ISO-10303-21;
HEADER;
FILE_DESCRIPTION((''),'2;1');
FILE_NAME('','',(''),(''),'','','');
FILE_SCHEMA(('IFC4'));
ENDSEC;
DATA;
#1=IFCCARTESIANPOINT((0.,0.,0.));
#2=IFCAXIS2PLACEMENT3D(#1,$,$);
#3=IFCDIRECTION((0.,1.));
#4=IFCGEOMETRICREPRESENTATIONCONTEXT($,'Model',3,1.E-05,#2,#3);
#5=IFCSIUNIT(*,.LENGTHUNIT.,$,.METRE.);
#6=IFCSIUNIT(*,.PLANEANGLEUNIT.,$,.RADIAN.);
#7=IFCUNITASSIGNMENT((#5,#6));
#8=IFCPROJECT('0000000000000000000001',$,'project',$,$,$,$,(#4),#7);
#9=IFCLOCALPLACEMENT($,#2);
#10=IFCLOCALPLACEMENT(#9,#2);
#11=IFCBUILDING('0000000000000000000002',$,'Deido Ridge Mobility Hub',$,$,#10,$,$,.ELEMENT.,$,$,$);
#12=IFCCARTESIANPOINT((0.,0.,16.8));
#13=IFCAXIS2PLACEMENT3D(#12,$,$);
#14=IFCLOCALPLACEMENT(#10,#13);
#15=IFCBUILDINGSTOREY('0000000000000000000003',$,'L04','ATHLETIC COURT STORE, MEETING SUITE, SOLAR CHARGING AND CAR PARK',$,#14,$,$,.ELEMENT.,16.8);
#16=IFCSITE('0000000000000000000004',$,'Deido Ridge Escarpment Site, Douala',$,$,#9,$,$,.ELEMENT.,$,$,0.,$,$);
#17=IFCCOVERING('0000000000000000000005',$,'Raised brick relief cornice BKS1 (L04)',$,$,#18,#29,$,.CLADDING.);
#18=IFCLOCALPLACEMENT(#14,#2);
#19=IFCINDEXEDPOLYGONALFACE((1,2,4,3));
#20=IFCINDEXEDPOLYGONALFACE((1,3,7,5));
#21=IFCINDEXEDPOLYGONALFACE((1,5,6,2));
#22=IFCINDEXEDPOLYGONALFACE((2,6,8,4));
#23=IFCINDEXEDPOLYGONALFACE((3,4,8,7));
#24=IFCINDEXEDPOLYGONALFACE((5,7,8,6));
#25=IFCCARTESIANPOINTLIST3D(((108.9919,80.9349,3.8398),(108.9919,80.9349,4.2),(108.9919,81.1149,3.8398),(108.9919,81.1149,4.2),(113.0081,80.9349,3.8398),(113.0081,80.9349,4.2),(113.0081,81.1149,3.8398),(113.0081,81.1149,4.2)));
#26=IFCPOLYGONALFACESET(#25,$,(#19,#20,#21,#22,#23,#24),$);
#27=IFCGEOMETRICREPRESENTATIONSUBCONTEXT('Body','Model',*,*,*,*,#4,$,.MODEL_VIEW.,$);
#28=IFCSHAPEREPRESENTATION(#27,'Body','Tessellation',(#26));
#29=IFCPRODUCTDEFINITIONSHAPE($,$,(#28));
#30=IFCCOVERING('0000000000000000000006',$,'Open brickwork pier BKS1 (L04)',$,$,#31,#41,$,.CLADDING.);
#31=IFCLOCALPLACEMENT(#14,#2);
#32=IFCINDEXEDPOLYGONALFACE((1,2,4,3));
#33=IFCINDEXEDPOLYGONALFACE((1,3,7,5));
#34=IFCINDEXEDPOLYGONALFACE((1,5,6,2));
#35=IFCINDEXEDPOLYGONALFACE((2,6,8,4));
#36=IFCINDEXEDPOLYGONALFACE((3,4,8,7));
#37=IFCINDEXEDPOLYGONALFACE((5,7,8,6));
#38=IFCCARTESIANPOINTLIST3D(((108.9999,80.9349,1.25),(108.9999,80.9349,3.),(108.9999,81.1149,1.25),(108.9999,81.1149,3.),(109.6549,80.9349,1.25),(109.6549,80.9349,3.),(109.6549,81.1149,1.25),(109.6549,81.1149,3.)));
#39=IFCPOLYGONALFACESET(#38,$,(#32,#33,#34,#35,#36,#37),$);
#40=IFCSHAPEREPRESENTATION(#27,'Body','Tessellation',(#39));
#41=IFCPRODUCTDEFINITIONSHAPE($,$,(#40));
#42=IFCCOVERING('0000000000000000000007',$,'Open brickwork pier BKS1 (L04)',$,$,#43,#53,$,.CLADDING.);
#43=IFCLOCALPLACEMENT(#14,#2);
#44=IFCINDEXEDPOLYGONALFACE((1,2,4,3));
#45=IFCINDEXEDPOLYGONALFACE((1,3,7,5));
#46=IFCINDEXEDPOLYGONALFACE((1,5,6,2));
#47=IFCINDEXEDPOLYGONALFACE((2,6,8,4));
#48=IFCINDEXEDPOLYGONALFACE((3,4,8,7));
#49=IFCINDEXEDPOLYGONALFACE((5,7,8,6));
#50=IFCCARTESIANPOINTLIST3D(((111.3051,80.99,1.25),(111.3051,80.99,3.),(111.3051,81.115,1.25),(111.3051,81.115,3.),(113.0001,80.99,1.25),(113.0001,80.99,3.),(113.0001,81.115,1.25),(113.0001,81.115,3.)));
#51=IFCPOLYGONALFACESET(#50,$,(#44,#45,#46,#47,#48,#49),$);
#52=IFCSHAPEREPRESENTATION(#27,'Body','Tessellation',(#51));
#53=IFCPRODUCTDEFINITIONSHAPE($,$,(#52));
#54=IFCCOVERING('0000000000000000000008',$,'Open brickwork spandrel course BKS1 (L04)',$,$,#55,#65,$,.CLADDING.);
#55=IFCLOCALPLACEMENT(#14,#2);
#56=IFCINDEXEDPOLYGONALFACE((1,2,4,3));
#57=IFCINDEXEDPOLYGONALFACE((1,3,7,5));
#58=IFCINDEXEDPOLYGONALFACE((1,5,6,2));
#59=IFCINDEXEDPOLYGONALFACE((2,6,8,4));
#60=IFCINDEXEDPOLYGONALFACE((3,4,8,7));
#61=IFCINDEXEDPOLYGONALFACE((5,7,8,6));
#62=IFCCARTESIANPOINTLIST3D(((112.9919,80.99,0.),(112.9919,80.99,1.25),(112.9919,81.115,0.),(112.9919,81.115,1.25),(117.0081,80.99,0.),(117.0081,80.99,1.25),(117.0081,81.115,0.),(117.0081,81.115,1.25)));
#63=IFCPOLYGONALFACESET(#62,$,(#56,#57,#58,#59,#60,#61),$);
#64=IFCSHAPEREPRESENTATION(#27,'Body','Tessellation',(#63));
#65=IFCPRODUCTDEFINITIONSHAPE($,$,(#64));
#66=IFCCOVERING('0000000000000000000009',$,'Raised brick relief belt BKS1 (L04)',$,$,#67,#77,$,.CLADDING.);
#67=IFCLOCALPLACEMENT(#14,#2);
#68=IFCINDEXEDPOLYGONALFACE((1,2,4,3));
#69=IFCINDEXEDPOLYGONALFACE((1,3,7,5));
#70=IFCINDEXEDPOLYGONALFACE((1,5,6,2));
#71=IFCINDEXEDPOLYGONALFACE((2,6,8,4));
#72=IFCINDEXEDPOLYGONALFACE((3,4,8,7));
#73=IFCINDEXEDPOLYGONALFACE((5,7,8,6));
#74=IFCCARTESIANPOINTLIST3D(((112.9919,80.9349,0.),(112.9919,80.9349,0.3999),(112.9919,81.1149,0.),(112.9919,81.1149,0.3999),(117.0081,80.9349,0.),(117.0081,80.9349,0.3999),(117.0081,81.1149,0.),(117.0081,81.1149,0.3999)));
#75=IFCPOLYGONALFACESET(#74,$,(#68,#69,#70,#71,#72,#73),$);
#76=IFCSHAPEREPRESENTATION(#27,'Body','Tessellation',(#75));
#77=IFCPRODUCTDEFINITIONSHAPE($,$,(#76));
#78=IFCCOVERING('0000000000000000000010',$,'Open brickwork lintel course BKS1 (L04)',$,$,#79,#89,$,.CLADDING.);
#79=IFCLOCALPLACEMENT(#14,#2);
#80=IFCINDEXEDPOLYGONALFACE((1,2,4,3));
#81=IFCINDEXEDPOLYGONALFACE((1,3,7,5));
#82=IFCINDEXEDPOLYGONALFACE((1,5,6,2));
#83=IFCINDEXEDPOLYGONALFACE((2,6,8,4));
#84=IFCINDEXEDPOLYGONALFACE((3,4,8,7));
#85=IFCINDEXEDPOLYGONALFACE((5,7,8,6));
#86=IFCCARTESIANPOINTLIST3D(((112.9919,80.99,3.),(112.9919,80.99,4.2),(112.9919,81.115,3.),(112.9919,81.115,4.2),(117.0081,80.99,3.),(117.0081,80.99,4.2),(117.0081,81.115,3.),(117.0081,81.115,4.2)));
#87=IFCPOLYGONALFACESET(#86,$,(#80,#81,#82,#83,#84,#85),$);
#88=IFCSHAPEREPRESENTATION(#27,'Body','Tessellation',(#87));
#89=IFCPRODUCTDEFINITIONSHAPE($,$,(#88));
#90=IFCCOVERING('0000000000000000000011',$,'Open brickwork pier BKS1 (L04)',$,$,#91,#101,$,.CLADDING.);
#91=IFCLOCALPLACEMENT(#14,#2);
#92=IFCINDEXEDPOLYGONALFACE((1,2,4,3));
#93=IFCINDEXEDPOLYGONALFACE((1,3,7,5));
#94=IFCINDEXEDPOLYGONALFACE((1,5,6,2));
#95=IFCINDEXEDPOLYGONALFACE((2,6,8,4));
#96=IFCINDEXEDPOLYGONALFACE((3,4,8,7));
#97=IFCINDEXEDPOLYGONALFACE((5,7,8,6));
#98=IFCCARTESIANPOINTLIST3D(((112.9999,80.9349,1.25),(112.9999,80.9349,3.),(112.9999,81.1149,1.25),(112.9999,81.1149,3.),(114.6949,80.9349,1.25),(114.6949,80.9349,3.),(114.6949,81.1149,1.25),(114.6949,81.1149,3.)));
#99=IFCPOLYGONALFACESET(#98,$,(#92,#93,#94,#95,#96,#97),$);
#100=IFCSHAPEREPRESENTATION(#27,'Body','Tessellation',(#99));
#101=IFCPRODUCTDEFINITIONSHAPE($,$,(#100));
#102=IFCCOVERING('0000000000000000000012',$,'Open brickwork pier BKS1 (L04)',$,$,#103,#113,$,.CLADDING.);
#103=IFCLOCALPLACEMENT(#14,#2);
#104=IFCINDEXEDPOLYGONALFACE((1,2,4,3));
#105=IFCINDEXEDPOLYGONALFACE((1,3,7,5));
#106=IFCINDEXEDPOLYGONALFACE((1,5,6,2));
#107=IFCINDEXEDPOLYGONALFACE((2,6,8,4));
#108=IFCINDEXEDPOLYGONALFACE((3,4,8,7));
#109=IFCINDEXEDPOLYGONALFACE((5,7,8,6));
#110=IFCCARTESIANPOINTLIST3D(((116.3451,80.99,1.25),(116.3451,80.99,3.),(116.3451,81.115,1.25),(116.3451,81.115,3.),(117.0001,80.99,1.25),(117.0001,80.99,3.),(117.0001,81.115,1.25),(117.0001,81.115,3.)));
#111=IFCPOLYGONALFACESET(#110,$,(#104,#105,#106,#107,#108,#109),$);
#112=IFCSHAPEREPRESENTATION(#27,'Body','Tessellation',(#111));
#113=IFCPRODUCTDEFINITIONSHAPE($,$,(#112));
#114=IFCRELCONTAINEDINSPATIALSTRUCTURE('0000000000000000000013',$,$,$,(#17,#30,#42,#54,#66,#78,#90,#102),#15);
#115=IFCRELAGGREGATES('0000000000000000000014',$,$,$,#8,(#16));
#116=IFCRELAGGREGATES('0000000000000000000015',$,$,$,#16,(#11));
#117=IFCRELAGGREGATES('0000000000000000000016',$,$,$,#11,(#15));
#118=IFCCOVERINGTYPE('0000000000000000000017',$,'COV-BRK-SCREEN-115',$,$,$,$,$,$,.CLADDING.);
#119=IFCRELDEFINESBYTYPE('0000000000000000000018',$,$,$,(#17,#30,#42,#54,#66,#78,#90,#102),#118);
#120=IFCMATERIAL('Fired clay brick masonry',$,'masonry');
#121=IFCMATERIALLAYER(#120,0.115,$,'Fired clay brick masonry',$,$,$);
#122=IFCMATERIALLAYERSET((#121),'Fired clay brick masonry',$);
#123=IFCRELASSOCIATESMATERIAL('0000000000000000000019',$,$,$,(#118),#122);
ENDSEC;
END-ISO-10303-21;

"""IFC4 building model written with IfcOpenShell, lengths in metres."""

from ifc_helpers import new_model, si_unit, direction, frame, origin, origin_2d, place, context, subcontext, project, spatial, rectangle, extrude, material, layer, layer_set, type_object, element, save


model = new_model("IFC4")

# Units and contexts
model_context = context("Model", 3, precision=1e-05, world=origin(), true_north=direction((0.0, 1.0)))
body_context = subcontext(model_context, "Body", "Model", "MODEL_VIEW")
ifc_project = project(units=[si_unit("LENGTHUNIT", "METRE"), si_unit("PLANEANGLEUNIT", "RADIAN")], contexts=[model_context])

# Site, building, storey
site_placement = place(None, origin())
site = spatial("IfcSite", under=ifc_project, at=site_placement, Name="Deido Ridge Escarpment Site, Douala", CompositionType="ELEMENT", RefElevation=0.0)
building_placement = place(site_placement, origin())
building = spatial("IfcBuilding", under=site, at=building_placement, Name="Deido Ridge Mobility Hub", CompositionType="ELEMENT")
storey_placement = place(building_placement, frame((0.0, 0.0, 16.8)))
storey = spatial("IfcBuildingStorey", under=building, at=storey_placement, Name="L04", Description="ATHLETIC COURT STORE, MEETING SUITE, SOLAR CHARGING AND CAR PARK", CompositionType="ELEMENT", Elevation=16.8)

# Coverings
ifc_material_1 = material(Name="Fired clay brick masonry", Category="masonry")
ifc_layer_1 = layer(ifc_material_1, 0.115, Name="Fired clay brick masonry")
ifc_layer_set_1 = layer_set([ifc_layer_1], Name="Fired clay brick masonry")
covering_type = type_object("IfcCoveringType", Name="COV-BRK-SCREEN-115", PredefinedType="CLADDING", material=ifc_layer_set_1)
covering_1_placement = place(storey_placement, frame((111.0, 81.0249, 3.8398), z_axis=(0.0, 0.0, 1.0), x_axis=(1.0, 0.0, 0.0)))
element("IfcCovering", 1, at=covering_1_placement, inside=storey, type_object=covering_type, Name="Raised brick relief cornice BKS1 (L04)", PredefinedType="CLADDING", context=body_context, shape_type="SweptSolid", body=[
    extrude(rectangle(XDim=4.0161, YDim=0.1799, at=origin_2d()), origin(), (0.0, 0.0, 1.0), 0.3601),
])
covering_2_placement = place(storey_placement, frame((109.3274, 81.0249, 1.25), z_axis=(0.0, 0.0, 1.0), x_axis=(1.0, 0.0, 0.0)))
element("IfcCovering", 2, at=covering_2_placement, inside=storey, type_object=covering_type, Name="Open brickwork pier BKS1 (L04)", PredefinedType="CLADDING", context=body_context, shape_type="SweptSolid", body=[
    extrude(rectangle(XDim=0.655, YDim=0.1799, at=origin_2d()), origin(), (0.0, 0.0, 1.0), 1.75),
])
covering_3_placement = place(storey_placement, frame((112.1526, 81.0525, 1.25), z_axis=(0.0, 0.0, 1.0), x_axis=(1.0, 0.0, 0.0)))
element("IfcCovering", 3, at=covering_3_placement, inside=storey, type_object=covering_type, Name="Open brickwork pier BKS1 (L04)", PredefinedType="CLADDING", context=body_context, shape_type="SweptSolid", body=[
    extrude(rectangle(XDim=1.6951, YDim=0.125, at=origin_2d()), origin(), (0.0, 0.0, 1.0), 1.75),
])
covering_4_placement = place(storey_placement, frame((115.0, 81.0525, 0.0), z_axis=(0.0, 0.0, 1.0), x_axis=(1.0, 0.0, 0.0)))
element("IfcCovering", 4, at=covering_4_placement, inside=storey, type_object=covering_type, Name="Open brickwork spandrel course BKS1 (L04)", PredefinedType="CLADDING", context=body_context, shape_type="SweptSolid", body=[
    extrude(rectangle(XDim=4.0161, YDim=0.125, at=origin_2d()), origin(), (0.0, 0.0, 1.0), 1.25),
])
covering_5_placement = place(storey_placement, frame((115.0, 81.0249, 0.0), z_axis=(0.0, 0.0, 1.0), x_axis=(1.0, 0.0, 0.0)))
element("IfcCovering", 5, at=covering_5_placement, inside=storey, type_object=covering_type, Name="Raised brick relief belt BKS1 (L04)", PredefinedType="CLADDING", context=body_context, shape_type="SweptSolid", body=[
    extrude(rectangle(XDim=4.0161, YDim=0.1799, at=origin_2d()), origin(), (0.0, 0.0, 1.0), 0.3999),
])
covering_6_placement = place(storey_placement, frame((115.0, 81.0525, 3.0), z_axis=(0.0, 0.0, 1.0), x_axis=(1.0, 0.0, 0.0)))
element("IfcCovering", 6, at=covering_6_placement, inside=storey, type_object=covering_type, Name="Open brickwork lintel course BKS1 (L04)", PredefinedType="CLADDING", context=body_context, shape_type="SweptSolid", body=[
    extrude(rectangle(XDim=4.0161, YDim=0.125, at=origin_2d()), origin(), (0.0, 0.0, 1.0), 1.2),
])
covering_7_placement = place(storey_placement, frame((113.8474, 81.0249, 1.25), z_axis=(0.0, 0.0, 1.0), x_axis=(1.0, 0.0, 0.0)))
element("IfcCovering", 7, at=covering_7_placement, inside=storey, type_object=covering_type, Name="Open brickwork pier BKS1 (L04)", PredefinedType="CLADDING", context=body_context, shape_type="SweptSolid", body=[
    extrude(rectangle(XDim=1.6951, YDim=0.1799, at=origin_2d()), origin(), (0.0, 0.0, 1.0), 1.75),
])
covering_8_placement = place(storey_placement, frame((116.6726, 81.0525, 1.25), z_axis=(0.0, 0.0, 1.0), x_axis=(1.0, 0.0, 0.0)))
element("IfcCovering", 8, at=covering_8_placement, inside=storey, type_object=covering_type, Name="Open brickwork pier BKS1 (L04)", PredefinedType="CLADDING", context=body_context, shape_type="SweptSolid", body=[
    extrude(rectangle(XDim=0.655, YDim=0.125, at=origin_2d()), origin(), (0.0, 0.0, 1.0), 1.75),
])

save(model, "model.ifc")
